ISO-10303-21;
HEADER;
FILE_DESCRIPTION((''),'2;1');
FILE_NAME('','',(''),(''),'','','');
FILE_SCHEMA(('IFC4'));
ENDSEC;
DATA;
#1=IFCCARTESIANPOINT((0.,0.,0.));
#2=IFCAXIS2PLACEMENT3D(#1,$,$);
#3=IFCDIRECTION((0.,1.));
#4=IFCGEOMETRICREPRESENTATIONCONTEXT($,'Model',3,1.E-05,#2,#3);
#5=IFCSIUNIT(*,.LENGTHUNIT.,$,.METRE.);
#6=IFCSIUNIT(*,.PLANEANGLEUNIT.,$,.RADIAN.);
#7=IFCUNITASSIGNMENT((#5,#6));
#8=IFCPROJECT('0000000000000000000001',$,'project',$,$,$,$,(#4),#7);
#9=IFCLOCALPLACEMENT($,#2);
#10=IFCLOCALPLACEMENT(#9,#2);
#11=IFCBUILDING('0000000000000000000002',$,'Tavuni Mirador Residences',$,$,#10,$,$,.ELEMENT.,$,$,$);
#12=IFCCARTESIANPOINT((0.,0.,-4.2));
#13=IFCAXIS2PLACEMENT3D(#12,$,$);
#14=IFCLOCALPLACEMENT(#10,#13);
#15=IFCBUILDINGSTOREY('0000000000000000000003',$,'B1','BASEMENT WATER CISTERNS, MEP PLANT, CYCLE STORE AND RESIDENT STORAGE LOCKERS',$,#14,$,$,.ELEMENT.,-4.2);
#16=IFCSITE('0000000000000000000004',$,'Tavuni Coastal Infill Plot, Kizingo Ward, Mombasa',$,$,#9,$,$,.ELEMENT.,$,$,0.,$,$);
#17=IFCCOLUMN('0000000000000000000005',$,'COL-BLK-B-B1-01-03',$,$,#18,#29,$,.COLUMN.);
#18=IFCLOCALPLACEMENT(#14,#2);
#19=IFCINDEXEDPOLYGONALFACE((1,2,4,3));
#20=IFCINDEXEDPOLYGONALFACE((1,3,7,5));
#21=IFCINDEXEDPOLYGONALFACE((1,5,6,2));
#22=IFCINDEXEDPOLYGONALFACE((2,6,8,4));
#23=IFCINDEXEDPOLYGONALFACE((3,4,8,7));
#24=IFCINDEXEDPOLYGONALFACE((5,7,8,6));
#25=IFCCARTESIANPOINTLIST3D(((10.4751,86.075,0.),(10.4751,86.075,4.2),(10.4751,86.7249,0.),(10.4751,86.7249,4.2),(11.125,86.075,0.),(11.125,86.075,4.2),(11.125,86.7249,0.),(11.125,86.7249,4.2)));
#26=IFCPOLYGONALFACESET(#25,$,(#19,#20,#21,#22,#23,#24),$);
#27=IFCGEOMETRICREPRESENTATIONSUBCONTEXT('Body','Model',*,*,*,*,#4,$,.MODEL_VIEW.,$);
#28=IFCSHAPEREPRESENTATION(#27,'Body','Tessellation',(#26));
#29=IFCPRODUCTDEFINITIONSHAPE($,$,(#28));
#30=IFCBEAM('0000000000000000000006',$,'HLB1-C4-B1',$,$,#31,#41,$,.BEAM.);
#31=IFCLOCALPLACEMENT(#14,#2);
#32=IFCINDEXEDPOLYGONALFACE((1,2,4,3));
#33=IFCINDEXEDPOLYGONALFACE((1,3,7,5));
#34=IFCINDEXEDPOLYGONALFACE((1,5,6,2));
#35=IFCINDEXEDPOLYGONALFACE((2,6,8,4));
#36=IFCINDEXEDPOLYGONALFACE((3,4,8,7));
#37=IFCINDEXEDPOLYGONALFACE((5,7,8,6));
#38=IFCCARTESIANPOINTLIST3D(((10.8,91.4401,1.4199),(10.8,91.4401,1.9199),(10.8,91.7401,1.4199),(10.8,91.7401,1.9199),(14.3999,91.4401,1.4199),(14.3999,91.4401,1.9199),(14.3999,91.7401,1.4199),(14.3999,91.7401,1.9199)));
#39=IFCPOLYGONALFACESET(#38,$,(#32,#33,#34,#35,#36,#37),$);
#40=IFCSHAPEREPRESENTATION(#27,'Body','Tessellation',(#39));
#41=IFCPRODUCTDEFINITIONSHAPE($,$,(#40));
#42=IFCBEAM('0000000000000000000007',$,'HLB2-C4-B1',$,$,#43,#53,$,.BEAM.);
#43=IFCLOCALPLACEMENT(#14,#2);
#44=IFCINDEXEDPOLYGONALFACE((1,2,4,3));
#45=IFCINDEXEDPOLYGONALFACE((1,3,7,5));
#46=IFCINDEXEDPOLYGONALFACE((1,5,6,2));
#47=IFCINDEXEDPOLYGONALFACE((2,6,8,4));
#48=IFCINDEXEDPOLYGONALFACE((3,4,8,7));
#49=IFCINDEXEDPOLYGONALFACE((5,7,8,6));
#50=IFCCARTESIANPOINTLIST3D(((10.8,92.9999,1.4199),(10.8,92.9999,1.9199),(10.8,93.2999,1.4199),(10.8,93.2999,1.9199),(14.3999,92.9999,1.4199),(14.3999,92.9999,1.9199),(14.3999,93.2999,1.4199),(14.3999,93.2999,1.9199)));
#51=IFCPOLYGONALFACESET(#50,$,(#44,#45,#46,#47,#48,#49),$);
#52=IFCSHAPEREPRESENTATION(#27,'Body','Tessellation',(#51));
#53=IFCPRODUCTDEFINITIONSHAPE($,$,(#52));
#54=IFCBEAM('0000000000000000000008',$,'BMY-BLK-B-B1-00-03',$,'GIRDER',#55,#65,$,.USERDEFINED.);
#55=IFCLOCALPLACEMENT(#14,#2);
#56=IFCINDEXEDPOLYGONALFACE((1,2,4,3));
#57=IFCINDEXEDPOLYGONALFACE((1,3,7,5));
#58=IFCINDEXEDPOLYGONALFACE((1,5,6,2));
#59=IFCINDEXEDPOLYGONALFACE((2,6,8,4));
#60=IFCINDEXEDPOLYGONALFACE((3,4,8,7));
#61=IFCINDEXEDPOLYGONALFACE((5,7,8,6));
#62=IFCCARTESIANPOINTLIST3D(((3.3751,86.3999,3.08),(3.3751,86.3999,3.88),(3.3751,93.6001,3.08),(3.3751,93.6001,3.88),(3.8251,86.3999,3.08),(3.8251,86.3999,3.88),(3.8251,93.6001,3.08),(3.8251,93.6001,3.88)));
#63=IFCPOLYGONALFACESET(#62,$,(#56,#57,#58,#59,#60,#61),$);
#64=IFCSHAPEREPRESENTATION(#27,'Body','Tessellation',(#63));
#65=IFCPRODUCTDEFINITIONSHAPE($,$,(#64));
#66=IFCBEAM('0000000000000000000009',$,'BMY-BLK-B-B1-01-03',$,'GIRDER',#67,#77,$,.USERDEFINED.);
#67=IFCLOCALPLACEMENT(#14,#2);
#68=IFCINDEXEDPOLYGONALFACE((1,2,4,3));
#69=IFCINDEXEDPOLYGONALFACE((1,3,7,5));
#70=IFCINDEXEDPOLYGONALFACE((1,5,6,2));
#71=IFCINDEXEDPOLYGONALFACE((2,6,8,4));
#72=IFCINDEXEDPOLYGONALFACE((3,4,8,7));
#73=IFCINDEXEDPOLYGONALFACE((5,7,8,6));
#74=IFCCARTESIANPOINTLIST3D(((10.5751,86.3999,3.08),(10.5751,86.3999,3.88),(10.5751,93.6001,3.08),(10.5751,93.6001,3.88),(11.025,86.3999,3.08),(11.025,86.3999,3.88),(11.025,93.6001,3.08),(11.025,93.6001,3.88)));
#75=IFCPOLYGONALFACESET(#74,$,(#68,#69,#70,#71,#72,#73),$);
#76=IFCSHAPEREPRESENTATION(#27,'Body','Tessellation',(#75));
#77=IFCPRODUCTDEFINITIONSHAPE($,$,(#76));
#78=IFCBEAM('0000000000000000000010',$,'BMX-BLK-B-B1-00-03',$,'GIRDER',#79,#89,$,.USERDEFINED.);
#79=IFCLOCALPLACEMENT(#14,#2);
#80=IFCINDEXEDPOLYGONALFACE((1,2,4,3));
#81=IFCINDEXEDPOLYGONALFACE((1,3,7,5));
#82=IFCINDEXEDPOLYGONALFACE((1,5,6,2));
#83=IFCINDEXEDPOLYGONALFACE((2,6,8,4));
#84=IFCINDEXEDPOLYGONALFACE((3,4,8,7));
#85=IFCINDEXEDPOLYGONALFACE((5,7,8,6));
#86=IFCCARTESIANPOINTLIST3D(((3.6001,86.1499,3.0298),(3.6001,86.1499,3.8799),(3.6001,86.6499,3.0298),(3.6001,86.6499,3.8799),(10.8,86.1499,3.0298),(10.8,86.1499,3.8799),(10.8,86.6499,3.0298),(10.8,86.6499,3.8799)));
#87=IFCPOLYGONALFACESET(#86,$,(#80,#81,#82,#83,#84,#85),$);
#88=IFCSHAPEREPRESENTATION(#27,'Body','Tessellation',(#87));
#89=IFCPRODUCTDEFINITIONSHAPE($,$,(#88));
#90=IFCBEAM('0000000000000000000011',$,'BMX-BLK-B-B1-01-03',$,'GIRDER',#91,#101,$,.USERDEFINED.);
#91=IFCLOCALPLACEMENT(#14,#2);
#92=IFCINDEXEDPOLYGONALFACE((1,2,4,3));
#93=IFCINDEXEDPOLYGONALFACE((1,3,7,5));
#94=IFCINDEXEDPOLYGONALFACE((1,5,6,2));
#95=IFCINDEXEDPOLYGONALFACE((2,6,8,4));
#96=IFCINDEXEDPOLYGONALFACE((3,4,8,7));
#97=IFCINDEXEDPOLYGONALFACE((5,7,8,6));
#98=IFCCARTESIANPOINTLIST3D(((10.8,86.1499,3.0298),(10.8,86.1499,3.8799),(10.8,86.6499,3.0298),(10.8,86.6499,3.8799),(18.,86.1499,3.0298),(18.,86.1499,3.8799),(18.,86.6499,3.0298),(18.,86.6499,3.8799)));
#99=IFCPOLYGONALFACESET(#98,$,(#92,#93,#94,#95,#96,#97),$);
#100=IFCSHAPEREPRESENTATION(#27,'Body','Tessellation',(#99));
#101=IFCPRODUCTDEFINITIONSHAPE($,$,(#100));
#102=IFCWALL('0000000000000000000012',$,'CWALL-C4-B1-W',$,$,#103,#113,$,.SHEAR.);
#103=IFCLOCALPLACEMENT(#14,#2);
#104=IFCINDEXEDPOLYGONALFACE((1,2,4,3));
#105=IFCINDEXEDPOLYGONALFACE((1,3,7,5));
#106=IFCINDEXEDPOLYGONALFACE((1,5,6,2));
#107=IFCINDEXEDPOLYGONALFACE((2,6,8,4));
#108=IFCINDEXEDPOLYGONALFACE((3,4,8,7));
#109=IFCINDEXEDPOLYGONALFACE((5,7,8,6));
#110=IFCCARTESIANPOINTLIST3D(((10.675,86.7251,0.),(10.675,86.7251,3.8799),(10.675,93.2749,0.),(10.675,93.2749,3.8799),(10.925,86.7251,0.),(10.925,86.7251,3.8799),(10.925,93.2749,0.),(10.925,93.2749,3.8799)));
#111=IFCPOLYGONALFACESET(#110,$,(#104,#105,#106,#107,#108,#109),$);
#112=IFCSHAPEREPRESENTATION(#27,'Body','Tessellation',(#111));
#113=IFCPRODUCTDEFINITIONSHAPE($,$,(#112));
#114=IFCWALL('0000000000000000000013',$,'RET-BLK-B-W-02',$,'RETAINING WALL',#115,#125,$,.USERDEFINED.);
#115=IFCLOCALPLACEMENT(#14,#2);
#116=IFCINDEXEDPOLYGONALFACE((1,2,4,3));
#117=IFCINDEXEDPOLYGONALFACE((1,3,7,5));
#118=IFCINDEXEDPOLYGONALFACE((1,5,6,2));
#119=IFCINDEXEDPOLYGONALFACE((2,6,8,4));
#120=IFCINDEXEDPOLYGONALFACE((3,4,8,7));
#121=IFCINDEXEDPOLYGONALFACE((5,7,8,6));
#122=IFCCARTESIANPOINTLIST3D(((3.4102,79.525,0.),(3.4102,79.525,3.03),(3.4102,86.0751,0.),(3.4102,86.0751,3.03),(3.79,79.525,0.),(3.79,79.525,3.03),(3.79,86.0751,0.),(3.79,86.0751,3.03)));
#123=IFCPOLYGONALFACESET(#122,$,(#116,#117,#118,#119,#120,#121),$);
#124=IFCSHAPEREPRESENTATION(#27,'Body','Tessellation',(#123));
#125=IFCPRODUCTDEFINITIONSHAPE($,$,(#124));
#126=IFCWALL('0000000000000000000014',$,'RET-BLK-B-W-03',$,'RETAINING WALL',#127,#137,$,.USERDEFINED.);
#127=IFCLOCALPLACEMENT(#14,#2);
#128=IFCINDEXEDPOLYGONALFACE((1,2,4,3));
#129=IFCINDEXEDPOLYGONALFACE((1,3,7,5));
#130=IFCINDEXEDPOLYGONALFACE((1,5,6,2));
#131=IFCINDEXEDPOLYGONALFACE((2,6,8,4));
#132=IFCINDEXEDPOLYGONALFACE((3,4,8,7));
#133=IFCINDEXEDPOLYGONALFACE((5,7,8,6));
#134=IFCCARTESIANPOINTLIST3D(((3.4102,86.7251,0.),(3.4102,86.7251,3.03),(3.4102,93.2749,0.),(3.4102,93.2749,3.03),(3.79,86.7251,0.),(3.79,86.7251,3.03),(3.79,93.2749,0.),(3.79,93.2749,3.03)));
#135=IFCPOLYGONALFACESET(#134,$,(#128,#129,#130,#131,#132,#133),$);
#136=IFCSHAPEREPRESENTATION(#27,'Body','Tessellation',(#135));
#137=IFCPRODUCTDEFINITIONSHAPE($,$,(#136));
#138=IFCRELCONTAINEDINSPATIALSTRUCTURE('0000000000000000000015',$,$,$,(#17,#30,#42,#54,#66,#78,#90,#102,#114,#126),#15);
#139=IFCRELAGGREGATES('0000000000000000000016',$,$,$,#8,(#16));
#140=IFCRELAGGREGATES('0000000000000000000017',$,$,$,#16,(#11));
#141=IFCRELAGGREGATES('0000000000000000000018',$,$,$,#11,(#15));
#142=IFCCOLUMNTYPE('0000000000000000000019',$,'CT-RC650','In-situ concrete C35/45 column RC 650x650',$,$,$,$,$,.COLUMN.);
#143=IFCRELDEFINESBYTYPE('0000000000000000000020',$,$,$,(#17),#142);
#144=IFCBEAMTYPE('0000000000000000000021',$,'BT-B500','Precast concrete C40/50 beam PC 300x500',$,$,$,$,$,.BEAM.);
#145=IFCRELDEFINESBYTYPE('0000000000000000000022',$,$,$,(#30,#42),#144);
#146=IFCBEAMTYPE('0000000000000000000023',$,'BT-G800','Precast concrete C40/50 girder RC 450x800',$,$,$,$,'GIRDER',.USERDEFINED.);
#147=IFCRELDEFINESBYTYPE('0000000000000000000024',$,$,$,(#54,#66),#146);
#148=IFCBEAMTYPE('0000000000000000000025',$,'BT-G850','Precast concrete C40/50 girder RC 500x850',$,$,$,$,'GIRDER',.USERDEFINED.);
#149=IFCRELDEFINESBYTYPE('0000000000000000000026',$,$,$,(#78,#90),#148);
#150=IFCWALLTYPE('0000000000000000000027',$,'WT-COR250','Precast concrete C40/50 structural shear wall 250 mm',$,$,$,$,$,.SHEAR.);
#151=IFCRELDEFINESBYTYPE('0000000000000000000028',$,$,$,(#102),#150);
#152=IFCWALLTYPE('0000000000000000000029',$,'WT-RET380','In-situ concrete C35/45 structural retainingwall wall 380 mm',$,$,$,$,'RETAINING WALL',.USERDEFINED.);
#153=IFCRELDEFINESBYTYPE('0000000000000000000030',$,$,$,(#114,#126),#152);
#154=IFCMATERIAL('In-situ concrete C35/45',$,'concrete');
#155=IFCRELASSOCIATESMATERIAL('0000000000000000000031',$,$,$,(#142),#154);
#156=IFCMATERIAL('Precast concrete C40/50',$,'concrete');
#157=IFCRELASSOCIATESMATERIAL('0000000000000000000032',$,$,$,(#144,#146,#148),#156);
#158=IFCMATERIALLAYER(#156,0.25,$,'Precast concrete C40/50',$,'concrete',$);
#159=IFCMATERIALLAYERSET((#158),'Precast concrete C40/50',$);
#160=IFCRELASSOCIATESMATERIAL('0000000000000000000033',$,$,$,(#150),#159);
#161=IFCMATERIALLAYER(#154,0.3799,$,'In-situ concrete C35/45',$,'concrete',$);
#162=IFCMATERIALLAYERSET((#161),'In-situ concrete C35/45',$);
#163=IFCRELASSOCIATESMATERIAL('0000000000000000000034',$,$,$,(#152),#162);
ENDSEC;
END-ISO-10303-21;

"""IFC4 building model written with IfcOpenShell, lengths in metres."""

from ifc_helpers import new_model, si_unit, direction, frame, frame_2d, origin, origin_2d, place, context, subcontext, project, spatial, rectangle, extrude, material, layer, layer_set, material_profile, profile_set, type_object, element, save


model = new_model("IFC4")

# Units and contexts
model_context = context("Model", 3, precision=1e-05, world=origin(), true_north=direction((0.0, 1.0)))
body_context = subcontext(model_context, "Body", "Model", "MODEL_VIEW")
ifc_project = project(units=[si_unit("LENGTHUNIT", "METRE"), si_unit("PLANEANGLEUNIT", "RADIAN")], contexts=[model_context])

# Site, building, storey
site_placement = place(None, origin())
site = spatial("IfcSite", under=ifc_project, at=site_placement, Name="Tavuni Coastal Infill Plot, Kizingo Ward, Mombasa", CompositionType="ELEMENT", RefElevation=0.0)
building_placement = place(site_placement, origin())
building = spatial("IfcBuilding", under=site, at=building_placement, Name="Tavuni Mirador Residences", CompositionType="ELEMENT")
storey_placement = place(building_placement, frame((0.0, 0.0, -4.2)))
storey = spatial("IfcBuildingStorey", under=building, at=storey_placement, Name="B1", Description="BASEMENT WATER CISTERNS, MEP PLANT, CYCLE STORE AND RESIDENT STORAGE LOCKERS", CompositionType="ELEMENT", Elevation=-4.2)

# Shared definitions
ifc_material_1 = material(Name="In-situ concrete C35/45", Category="concrete")

# Column
ifc_material_profile_1 = material_profile(ifc_material_1, rectangle(XDim=0.6499, YDim=0.6499, at=origin_2d()), Name="RC 650x650", Category="concrete")
ifc_profile_set_1 = profile_set([ifc_material_profile_1], Name="In-situ concrete C35/45")
column_type = type_object("IfcColumnType", Name="CT-RC650", Description="In-situ concrete C35/45 column RC 650x650", PredefinedType="COLUMN", material=ifc_profile_set_1)
for number, where, z_axis, x_axis, name in (
    (1, (10.8, 86.3999, 0.0), (0.0, 0.0, 1.0), (1.0, 0.0, 0.0), "COL-BLK-B-B1-01-03"),
):
    element("IfcColumn", number, at=place(storey_placement, frame(where, z_axis=z_axis, x_axis=x_axis)), inside=storey, type_object=column_type, Name=name, PredefinedType="COLUMN", context=body_context, shape_type="SweptSolid", body=[
        extrude(rectangle(XDim=0.6499, YDim=0.6499, at=origin_2d()), origin(), (0.0, 0.0, 1.0), 4.2),
    ])

# Beams
ifc_material_2 = material(Name="Precast concrete C40/50", Category="concrete")
ifc_material_profile_2 = material_profile(ifc_material_2, rectangle(XDim=0.3, YDim=0.5, at=origin_2d()), Name="PC 300x500", Category="concrete")
ifc_profile_set_2 = profile_set([ifc_material_profile_2], Name="Precast concrete C40/50")
beam_type_1 = type_object("IfcBeamType", Name="BT-B500", Description="Precast concrete C40/50 beam PC 300x500", PredefinedType="BEAM", material=ifc_profile_set_2)
for number, where, z_axis, x_axis, name in (
    (2, (10.8, 91.5901, 1.6699), (1.0, 0.0, 0.0), (0.0, 1.0, 0.0), "HLB1-C4-B1"),
    (3, (10.8, 93.1499, 1.6699), (1.0, 0.0, 0.0), (0.0, 1.0, 0.0), "HLB2-C4-B1"),
):
    element("IfcBeam", number, at=place(storey_placement, frame(where, z_axis=z_axis, x_axis=x_axis)), inside=storey, type_object=beam_type_1, Name=name, PredefinedType="BEAM", context=body_context, shape_type="SweptSolid", body=[
        extrude(rectangle(XDim=0.3, YDim=0.5, at=origin_2d()), origin(), (0.0, 0.0, 1.0), 3.5999),
    ])
ifc_material_profile_3 = material_profile(ifc_material_2, rectangle(XDim=0.45, YDim=0.8, at=origin_2d()), Name="RC 450x800", Category="concrete")
ifc_profile_set_3 = profile_set([ifc_material_profile_3], Name="Precast concrete C40/50")
beam_type_2 = type_object("IfcBeamType", Name="BT-G800", Description="Precast concrete C40/50 girder RC 450x800", ElementType="GIRDER", PredefinedType="USERDEFINED", material=ifc_profile_set_3)
for number, where, z_axis, x_axis, name in (
    (4, (3.6001, 86.3999, 3.48), (0.0, 1.0, 0.0), (-1.0, 0.0, 0.0), "BMY-BLK-B-B1-00-03"),
    (5, (10.8, 86.3999, 3.48), (0.0, 1.0, 0.0), (-1.0, 0.0, 0.0), "BMY-BLK-B-B1-01-03"),
):
    element("IfcBeam", number, at=place(storey_placement, frame(where, z_axis=z_axis, x_axis=x_axis)), inside=storey, type_object=beam_type_2, Name=name, ObjectType="GIRDER", PredefinedType="USERDEFINED", context=body_context, shape_type="SweptSolid", body=[
        extrude(rectangle(XDim=0.45, YDim=0.8, at=origin_2d()), origin(), (0.0, 0.0, 1.0), 7.2002),
    ])
ifc_material_profile_4 = material_profile(ifc_material_2, rectangle(XDim=0.5, YDim=0.8501, at=origin_2d()), Name="RC 500x850", Category="concrete")
ifc_profile_set_4 = profile_set([ifc_material_profile_4], Name="Precast concrete C40/50")
beam_type_3 = type_object("IfcBeamType", Name="BT-G850", Description="Precast concrete C40/50 girder RC 500x850", ElementType="GIRDER", PredefinedType="USERDEFINED", material=ifc_profile_set_4)
for number, where, z_axis, x_axis, name in (
    (6, (3.6001, 86.3999, 3.4548), (1.0, 0.0, 0.0), (0.0, 1.0, 0.0), "BMX-BLK-B-B1-00-03"),
    (7, (10.8, 86.3999, 3.4548), (1.0, 0.0, 0.0), (0.0, 1.0, 0.0), "BMX-BLK-B-B1-01-03"),
):
    element("IfcBeam", number, at=place(storey_placement, frame(where, z_axis=z_axis, x_axis=x_axis)), inside=storey, type_object=beam_type_3, Name=name, ObjectType="GIRDER", PredefinedType="USERDEFINED", context=body_context, shape_type="SweptSolid", body=[
        extrude(rectangle(XDim=0.5, YDim=0.8501, at=origin_2d()), origin(), (0.0, 0.0, 1.0), 7.2),
    ])

# Walls
ifc_layer_1 = layer(ifc_material_2, 0.25, Name="Precast concrete C40/50", Category="concrete")
ifc_layer_set_1 = layer_set([ifc_layer_1], Name="Precast concrete C40/50")
wall_type_1 = type_object("IfcWallType", Name="WT-COR250", Description="Precast concrete C40/50 structural shear wall 250 mm", PredefinedType="SHEAR", material=ifc_layer_set_1)
wall_1_placement = place(storey_placement, frame((10.8, 86.7251, 0.0), z_axis=(0.0, 0.0, 1.0), x_axis=(0.0, 1.0, 0.0)))
element("IfcWall", 8, at=wall_1_placement, inside=storey, type_object=wall_type_1, Name="CWALL-C4-B1-W", PredefinedType="SHEAR", context=body_context, shape_type="SweptSolid", body=[
    extrude(rectangle(XDim=6.5498, YDim=0.25, at=frame_2d((3.2749, 0.0))), origin(), (0.0, 0.0, 1.0), 3.8799),
])
ifc_layer_2 = layer(ifc_material_1, 0.3799, Name="In-situ concrete C35/45", Category="concrete")
ifc_layer_set_2 = layer_set([ifc_layer_2], Name="In-situ concrete C35/45")
wall_type_2 = type_object("IfcWallType", Name="WT-RET380", Description="In-situ concrete C35/45 structural retainingwall wall 380 mm", ElementType="RETAINING WALL", PredefinedType="USERDEFINED", material=ifc_layer_set_2)
wall_2_placement = place(storey_placement, frame((3.6001, 86.075, 0.0), z_axis=(0.0, 0.0, 1.0), x_axis=(0.0, -1.0, 0.0)))
element("IfcWall", 9, at=wall_2_placement, inside=storey, type_object=wall_type_2, Name="RET-BLK-B-W-02", ObjectType="RETAINING WALL", PredefinedType="USERDEFINED", context=body_context, shape_type="SweptSolid", body=[
    extrude(rectangle(XDim=6.55, YDim=0.3799, at=frame_2d((3.2749, 0.0))), origin(), (0.0, 0.0, 1.0), 3.03),
])
wall_3_placement = place(storey_placement, frame((3.6001, 93.2749, 0.0), z_axis=(0.0, 0.0, 1.0), x_axis=(0.0, -1.0, 0.0)))
element("IfcWall", 10, at=wall_3_placement, inside=storey, type_object=wall_type_2, Name="RET-BLK-B-W-03", ObjectType="RETAINING WALL", PredefinedType="USERDEFINED", context=body_context, shape_type="SweptSolid", body=[
    extrude(rectangle(XDim=6.5498, YDim=0.3799, at=frame_2d((3.2749, 0.0))), origin(), (0.0, 0.0, 1.0), 3.03),
])

save(model, "model.ifc")
